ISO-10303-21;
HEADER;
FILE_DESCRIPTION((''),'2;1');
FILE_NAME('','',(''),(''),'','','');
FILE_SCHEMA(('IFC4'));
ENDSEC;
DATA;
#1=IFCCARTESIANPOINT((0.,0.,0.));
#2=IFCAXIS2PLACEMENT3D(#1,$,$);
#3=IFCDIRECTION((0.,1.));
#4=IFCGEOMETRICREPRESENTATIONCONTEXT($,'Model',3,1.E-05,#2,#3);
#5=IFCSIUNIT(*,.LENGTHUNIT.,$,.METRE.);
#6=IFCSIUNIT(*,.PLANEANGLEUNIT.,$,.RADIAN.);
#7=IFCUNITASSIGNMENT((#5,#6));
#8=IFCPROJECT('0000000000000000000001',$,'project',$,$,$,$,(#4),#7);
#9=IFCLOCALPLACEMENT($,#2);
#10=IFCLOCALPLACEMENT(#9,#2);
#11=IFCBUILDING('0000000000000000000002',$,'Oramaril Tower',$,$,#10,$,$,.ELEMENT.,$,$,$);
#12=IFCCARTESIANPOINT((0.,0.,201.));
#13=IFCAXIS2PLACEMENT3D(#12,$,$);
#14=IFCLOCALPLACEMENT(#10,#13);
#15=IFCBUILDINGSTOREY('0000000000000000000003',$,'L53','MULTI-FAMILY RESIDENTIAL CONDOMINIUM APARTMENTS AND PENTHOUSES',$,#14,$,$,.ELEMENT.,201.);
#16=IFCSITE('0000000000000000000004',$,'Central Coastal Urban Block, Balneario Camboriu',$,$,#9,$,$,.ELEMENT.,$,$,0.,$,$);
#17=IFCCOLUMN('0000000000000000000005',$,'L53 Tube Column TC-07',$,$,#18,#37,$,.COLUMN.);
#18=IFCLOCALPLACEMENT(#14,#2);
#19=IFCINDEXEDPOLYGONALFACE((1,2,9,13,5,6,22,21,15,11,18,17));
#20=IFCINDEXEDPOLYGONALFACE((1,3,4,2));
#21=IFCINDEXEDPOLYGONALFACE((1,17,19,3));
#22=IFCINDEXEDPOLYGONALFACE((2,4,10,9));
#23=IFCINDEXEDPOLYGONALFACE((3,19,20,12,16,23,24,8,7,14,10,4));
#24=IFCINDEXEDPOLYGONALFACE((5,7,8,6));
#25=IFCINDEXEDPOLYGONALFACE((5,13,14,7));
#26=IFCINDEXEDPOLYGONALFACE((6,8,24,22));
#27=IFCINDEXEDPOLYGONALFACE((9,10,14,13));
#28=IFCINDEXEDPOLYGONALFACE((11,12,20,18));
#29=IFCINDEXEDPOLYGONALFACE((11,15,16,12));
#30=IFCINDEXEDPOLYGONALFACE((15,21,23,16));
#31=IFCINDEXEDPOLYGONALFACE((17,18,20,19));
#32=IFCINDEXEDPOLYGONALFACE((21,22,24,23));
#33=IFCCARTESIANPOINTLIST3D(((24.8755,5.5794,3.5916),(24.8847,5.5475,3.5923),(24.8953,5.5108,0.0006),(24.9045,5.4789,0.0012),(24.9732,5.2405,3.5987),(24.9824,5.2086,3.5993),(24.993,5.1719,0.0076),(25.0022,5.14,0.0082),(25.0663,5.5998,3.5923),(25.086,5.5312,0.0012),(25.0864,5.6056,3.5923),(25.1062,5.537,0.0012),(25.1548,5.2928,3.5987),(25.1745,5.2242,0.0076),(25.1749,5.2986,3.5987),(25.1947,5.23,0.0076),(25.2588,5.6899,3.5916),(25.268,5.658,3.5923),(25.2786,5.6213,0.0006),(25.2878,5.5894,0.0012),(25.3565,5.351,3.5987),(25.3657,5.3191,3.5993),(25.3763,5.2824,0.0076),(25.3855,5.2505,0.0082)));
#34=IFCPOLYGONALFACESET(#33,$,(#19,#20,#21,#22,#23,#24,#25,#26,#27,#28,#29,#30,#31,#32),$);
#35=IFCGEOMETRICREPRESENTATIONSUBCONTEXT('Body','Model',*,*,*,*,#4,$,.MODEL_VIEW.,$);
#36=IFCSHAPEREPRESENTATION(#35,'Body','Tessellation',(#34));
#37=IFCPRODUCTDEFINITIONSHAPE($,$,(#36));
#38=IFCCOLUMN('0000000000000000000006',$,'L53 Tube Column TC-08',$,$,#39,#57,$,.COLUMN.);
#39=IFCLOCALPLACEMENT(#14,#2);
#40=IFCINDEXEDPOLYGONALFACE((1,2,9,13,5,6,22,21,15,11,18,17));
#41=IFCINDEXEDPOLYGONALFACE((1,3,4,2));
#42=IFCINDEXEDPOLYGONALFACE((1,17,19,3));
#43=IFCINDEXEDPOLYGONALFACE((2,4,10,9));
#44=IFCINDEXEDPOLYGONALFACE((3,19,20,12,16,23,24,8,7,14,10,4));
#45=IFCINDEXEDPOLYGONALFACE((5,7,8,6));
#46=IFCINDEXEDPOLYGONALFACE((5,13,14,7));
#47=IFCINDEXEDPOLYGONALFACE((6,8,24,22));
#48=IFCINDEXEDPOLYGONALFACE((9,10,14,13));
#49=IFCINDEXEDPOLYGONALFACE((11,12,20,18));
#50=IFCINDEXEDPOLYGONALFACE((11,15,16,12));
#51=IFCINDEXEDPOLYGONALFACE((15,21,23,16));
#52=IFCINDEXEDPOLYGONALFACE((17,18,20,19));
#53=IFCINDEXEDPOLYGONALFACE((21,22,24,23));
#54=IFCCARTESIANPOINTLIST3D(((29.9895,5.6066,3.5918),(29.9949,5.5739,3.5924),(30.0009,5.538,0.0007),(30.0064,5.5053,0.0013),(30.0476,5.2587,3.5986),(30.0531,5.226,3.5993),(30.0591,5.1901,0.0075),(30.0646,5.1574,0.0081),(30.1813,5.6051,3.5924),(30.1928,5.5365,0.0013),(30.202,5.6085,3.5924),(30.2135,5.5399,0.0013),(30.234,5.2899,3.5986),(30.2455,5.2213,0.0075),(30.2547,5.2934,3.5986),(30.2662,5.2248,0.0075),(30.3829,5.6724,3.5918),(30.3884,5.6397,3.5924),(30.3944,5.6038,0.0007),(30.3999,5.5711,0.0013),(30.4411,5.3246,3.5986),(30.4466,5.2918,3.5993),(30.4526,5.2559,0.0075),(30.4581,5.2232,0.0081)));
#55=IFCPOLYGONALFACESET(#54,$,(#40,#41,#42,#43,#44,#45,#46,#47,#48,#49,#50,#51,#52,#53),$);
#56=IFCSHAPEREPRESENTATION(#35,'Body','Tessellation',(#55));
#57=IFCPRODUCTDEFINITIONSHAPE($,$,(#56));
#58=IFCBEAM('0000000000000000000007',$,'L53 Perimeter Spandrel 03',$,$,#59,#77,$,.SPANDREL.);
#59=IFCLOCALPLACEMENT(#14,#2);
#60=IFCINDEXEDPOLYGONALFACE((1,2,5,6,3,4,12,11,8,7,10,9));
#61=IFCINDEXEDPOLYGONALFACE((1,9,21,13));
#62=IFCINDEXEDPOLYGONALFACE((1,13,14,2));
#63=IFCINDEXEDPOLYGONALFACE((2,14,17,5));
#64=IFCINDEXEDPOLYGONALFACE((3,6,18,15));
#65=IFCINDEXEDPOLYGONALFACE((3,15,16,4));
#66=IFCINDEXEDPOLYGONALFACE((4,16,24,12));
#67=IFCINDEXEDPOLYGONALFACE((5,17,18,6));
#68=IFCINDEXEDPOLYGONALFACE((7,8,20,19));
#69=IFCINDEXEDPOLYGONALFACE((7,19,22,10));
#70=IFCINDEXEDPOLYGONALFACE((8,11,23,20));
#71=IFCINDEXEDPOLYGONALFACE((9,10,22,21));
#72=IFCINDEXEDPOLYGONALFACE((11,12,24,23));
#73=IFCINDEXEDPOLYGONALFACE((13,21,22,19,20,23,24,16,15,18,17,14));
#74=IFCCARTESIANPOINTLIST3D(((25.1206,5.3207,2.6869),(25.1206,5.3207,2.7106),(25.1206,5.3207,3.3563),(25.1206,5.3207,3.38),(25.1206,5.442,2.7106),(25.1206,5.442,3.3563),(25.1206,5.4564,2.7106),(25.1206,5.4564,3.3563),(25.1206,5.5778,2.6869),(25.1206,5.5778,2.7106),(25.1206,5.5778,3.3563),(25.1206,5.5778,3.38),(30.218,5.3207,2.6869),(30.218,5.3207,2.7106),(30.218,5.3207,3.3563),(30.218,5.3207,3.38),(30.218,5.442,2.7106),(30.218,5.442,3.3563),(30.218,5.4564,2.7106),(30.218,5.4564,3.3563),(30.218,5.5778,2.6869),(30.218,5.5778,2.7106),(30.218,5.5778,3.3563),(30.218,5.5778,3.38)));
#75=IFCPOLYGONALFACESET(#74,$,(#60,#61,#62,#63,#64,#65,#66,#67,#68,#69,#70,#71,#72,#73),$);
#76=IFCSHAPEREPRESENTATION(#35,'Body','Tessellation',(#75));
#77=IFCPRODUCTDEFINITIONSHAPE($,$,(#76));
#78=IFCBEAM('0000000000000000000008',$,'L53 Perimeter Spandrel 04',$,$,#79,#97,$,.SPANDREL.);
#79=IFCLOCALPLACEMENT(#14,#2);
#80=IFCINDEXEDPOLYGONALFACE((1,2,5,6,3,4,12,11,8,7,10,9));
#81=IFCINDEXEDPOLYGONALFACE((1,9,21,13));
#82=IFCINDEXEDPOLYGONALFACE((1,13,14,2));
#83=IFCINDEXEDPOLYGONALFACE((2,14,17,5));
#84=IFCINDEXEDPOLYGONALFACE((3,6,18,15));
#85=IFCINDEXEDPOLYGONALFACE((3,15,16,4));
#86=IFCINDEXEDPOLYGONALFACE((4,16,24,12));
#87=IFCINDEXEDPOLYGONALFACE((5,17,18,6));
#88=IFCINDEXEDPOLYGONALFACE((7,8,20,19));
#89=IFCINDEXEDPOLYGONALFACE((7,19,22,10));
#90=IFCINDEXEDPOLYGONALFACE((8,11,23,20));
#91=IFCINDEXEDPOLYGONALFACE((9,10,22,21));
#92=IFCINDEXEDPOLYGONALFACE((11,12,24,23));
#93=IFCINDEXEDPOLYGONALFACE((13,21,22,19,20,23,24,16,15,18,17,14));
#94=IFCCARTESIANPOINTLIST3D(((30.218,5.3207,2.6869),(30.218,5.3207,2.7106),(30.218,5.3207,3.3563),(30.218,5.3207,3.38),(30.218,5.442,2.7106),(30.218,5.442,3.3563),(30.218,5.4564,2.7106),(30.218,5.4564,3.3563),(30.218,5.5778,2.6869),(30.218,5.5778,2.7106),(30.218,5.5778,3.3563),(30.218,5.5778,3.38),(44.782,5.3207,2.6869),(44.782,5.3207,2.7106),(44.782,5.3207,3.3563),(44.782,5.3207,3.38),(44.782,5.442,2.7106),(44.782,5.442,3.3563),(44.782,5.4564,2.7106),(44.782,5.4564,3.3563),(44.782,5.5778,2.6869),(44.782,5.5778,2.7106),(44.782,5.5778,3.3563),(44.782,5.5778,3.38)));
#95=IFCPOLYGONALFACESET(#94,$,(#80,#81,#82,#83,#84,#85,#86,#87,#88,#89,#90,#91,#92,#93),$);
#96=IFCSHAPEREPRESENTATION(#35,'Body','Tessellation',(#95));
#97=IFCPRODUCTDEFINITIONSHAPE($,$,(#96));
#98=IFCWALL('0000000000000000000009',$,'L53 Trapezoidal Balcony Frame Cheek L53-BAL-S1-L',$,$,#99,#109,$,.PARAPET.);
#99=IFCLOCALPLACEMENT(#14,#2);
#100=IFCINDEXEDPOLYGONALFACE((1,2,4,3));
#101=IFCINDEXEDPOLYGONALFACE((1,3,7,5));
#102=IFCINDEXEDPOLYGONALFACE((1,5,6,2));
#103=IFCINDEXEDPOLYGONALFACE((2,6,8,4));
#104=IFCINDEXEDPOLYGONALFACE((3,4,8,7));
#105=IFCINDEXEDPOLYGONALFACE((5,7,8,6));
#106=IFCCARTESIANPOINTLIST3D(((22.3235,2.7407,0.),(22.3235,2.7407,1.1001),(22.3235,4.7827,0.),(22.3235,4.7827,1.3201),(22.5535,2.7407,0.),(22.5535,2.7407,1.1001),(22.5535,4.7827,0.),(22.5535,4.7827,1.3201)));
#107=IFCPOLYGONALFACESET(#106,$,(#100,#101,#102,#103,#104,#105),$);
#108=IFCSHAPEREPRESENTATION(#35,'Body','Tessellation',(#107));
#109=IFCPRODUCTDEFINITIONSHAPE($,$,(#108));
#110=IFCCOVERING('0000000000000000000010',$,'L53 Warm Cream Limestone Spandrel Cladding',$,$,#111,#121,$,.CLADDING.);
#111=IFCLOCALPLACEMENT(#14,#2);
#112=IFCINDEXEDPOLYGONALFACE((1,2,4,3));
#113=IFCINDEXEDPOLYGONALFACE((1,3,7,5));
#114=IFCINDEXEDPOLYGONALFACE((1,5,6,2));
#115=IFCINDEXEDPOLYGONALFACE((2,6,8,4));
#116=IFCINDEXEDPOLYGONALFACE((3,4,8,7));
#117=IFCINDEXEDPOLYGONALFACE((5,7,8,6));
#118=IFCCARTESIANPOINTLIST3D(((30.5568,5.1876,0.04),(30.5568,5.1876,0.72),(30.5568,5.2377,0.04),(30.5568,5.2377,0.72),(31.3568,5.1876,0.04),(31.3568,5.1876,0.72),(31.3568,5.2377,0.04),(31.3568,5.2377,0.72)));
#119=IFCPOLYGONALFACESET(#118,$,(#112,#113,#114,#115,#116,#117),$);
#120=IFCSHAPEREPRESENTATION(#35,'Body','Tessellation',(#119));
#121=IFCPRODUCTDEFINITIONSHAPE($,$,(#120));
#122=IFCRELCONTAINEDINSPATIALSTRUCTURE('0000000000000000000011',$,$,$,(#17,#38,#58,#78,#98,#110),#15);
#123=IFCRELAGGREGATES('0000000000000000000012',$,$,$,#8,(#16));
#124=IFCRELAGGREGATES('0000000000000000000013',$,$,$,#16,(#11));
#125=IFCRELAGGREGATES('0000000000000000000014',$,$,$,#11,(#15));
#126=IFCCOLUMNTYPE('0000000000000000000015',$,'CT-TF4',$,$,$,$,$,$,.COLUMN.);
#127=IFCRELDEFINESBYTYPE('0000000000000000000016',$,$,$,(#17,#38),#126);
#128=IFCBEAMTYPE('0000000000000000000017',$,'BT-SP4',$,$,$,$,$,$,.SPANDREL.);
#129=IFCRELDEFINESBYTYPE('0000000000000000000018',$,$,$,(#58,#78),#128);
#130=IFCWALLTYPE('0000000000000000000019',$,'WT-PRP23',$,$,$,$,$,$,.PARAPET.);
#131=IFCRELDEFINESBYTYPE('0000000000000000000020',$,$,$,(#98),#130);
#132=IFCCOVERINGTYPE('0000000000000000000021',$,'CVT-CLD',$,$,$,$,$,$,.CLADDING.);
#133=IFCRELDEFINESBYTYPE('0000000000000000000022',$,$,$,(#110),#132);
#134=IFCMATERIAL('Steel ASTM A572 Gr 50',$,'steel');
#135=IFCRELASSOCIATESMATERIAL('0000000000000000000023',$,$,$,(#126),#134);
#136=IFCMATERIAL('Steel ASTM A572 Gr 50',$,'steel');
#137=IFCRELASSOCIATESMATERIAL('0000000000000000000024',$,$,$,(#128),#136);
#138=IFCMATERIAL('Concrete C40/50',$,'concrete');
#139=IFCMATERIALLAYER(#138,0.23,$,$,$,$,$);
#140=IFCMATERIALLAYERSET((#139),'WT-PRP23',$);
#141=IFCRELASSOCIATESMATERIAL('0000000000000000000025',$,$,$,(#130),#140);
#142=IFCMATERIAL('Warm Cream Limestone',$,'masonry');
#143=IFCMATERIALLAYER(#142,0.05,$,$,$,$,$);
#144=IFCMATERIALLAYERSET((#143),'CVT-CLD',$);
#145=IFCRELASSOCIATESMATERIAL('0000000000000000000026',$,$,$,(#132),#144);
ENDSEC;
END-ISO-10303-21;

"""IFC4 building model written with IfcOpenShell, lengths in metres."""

from ifc_helpers import new_model, si_unit, direction, frame, origin, origin_2d, place, context, subcontext, project, spatial, polyline, rectangle, i_section, outline, extrude, material, layer, layer_set, material_profile, profile_set, type_object, element, save


model = new_model("IFC4")

# Units and contexts
model_context = context("Model", 3, precision=1e-05, world=origin(), true_north=direction((0.0, 1.0)))
body_context = subcontext(model_context, "Body", "Model", "MODEL_VIEW")
ifc_project = project(units=[si_unit("LENGTHUNIT", "METRE"), si_unit("PLANEANGLEUNIT", "RADIAN")], contexts=[model_context])

# Site, building, storey
site_placement = place(None, origin())
site = spatial("IfcSite", under=ifc_project, at=site_placement, Name="Central Coastal Urban Block, Balneario Camboriu", CompositionType="ELEMENT", RefElevation=0.0)
building_placement = place(site_placement, origin())
building = spatial("IfcBuilding", under=site, at=building_placement, Name="Oramaril Tower", CompositionType="ELEMENT")
storey_placement = place(building_placement, frame((0.0, 0.0, 201.0)))
storey = spatial("IfcBuildingStorey", under=building, at=storey_placement, Name="L53", Description="MULTI-FAMILY RESIDENTIAL CONDOMINIUM APARTMENTS AND PENTHOUSES", CompositionType="ELEMENT", Elevation=201.0)

# Columns
ifc_material_1 = material(Name="Steel ASTM A572 Gr 50", Category="steel")
ifc_material_profile_1 = material_profile(ifc_material_1, i_section(OverallWidth=0.3989, OverallDepth=0.386, WebThickness=0.021, FlangeThickness=0.0332, at=origin_2d()), Name="W14X176")
ifc_profile_set_1 = profile_set([ifc_material_profile_1], Name="Steel ASTM A572 Gr 50")
column_type = type_object("IfcColumnType", Name="CT-TF4", PredefinedType="COLUMN", material=ifc_profile_set_1)
for number, where, z_axis, x_axis, name in (
    (1, (25.1404, 5.3806, 0.0044), (-0.005506, 0.0191, 0.999802), (-0.960876, -0.276979, 0.0), "L53 Tube Column TC-07"),
    (2, (30.2295, 5.3806, 0.0044), (-0.003195, 0.0191, 0.999812), (-0.986299, -0.164968, 0.0), "L53 Tube Column TC-08"),
):
    element("IfcColumn", number, at=place(storey_placement, frame(where, z_axis=z_axis, x_axis=x_axis)), inside=storey, type_object=column_type, Name=name, PredefinedType="COLUMN", context=body_context, shape_type="SweptSolid", body=[
        extrude(i_section(OverallWidth=0.3989, OverallDepth=0.386, WebThickness=0.021, FlangeThickness=0.0332, at=origin_2d()), origin(), (0.0, 0.0, 1.0), 3.5918),
    ])

# Beams
ifc_material_2 = material(Name="Steel ASTM A572 Gr 50", Category="steel")
ifc_material_profile_2 = material_profile(ifc_material_2, i_section(OverallWidth=0.2571, OverallDepth=0.6931, WebThickness=0.0144, FlangeThickness=0.0237, at=origin_2d()), Name="W27X114")
ifc_profile_set_2 = profile_set([ifc_material_profile_2], Name="Steel ASTM A572 Gr 50")
beam_type = type_object("IfcBeamType", Name="BT-SP4", PredefinedType="SPANDREL", material=ifc_profile_set_2)
beam_1_placement = place(storey_placement, frame((25.1206, 5.4492, 3.0334), z_axis=(1.0, 0.0, 0.0), x_axis=(0.0, 1.0, 0.0)))
element("IfcBeam", 3, at=beam_1_placement, inside=storey, type_object=beam_type, Name="L53 Perimeter Spandrel 03", PredefinedType="SPANDREL", context=body_context, shape_type="SweptSolid", body=[
    extrude(i_section(OverallWidth=0.2571, OverallDepth=0.6931, WebThickness=0.0144, FlangeThickness=0.0237, at=origin_2d()), origin(), (0.0, 0.0, 1.0), 5.0974),
])
beam_2_placement = place(storey_placement, frame((30.218, 5.4492, 3.0334), z_axis=(1.0, 0.0, 0.0), x_axis=(0.0, 1.0, 0.0)))
element("IfcBeam", 4, at=beam_2_placement, inside=storey, type_object=beam_type, Name="L53 Perimeter Spandrel 04", PredefinedType="SPANDREL", context=body_context, shape_type="SweptSolid", body=[
    extrude(i_section(OverallWidth=0.2571, OverallDepth=0.6931, WebThickness=0.0144, FlangeThickness=0.0237, at=origin_2d()), origin(), (0.0, 0.0, 1.0), 14.564),
])

# Wall
ifc_material_3 = material(Name="Concrete C40/50", Category="concrete")
ifc_layer_1 = layer(ifc_material_3, 0.23)
ifc_layer_set_1 = layer_set([ifc_layer_1], Name="WT-PRP23")
wall_type = type_object("IfcWallType", Name="WT-PRP23", PredefinedType="PARAPET", material=ifc_layer_set_1)
wall_placement = place(storey_placement, frame((22.4385, 4.7827, 0.0), z_axis=(0.0, 0.0, 1.0), x_axis=(0.0, -1.0, 0.0)))
element("IfcWall", 5, at=wall_placement, inside=storey, type_object=wall_type, Name="L53 Trapezoidal Balcony Frame Cheek L53-BAL-S1-L", PredefinedType="PARAPET", context=body_context, shape_type="SweptSolid", body=[
    extrude(outline(polyline([(0.0, 0.0), (2.042, 0.0), (2.042, 1.1001), (0.0, 1.3201), (0.0, 0.0)])), frame((0.0, 0.115, 0.0), z_axis=(0.0, -1.0, 0.0), x_axis=(1.0, 0.0, 0.0)), (0.0, 0.0, 1.0), 0.23),
])

# Covering
ifc_material_4 = material(Name="Warm Cream Limestone", Category="masonry")
ifc_layer_2 = layer(ifc_material_4, 0.05)
ifc_layer_set_2 = layer_set([ifc_layer_2], Name="CVT-CLD")
covering_type = type_object("IfcCoveringType", Name="CVT-CLD", PredefinedType="CLADDING", material=ifc_layer_set_2)
covering_placement = place(storey_placement, frame((30.9568, 5.2126, 0.04), z_axis=(0.0, 0.0, 1.0), x_axis=(1.0, 0.0, 0.0)))
element("IfcCovering", 6, at=covering_placement, inside=storey, type_object=covering_type, Name="L53 Warm Cream Limestone Spandrel Cladding", PredefinedType="CLADDING", context=body_context, shape_type="SweptSolid", body=[
    extrude(rectangle(XDim=0.8, YDim=0.05, at=origin_2d()), origin(), (0.0, 0.0, 1.0), 0.6799),
])

save(model, "model.ifc")
